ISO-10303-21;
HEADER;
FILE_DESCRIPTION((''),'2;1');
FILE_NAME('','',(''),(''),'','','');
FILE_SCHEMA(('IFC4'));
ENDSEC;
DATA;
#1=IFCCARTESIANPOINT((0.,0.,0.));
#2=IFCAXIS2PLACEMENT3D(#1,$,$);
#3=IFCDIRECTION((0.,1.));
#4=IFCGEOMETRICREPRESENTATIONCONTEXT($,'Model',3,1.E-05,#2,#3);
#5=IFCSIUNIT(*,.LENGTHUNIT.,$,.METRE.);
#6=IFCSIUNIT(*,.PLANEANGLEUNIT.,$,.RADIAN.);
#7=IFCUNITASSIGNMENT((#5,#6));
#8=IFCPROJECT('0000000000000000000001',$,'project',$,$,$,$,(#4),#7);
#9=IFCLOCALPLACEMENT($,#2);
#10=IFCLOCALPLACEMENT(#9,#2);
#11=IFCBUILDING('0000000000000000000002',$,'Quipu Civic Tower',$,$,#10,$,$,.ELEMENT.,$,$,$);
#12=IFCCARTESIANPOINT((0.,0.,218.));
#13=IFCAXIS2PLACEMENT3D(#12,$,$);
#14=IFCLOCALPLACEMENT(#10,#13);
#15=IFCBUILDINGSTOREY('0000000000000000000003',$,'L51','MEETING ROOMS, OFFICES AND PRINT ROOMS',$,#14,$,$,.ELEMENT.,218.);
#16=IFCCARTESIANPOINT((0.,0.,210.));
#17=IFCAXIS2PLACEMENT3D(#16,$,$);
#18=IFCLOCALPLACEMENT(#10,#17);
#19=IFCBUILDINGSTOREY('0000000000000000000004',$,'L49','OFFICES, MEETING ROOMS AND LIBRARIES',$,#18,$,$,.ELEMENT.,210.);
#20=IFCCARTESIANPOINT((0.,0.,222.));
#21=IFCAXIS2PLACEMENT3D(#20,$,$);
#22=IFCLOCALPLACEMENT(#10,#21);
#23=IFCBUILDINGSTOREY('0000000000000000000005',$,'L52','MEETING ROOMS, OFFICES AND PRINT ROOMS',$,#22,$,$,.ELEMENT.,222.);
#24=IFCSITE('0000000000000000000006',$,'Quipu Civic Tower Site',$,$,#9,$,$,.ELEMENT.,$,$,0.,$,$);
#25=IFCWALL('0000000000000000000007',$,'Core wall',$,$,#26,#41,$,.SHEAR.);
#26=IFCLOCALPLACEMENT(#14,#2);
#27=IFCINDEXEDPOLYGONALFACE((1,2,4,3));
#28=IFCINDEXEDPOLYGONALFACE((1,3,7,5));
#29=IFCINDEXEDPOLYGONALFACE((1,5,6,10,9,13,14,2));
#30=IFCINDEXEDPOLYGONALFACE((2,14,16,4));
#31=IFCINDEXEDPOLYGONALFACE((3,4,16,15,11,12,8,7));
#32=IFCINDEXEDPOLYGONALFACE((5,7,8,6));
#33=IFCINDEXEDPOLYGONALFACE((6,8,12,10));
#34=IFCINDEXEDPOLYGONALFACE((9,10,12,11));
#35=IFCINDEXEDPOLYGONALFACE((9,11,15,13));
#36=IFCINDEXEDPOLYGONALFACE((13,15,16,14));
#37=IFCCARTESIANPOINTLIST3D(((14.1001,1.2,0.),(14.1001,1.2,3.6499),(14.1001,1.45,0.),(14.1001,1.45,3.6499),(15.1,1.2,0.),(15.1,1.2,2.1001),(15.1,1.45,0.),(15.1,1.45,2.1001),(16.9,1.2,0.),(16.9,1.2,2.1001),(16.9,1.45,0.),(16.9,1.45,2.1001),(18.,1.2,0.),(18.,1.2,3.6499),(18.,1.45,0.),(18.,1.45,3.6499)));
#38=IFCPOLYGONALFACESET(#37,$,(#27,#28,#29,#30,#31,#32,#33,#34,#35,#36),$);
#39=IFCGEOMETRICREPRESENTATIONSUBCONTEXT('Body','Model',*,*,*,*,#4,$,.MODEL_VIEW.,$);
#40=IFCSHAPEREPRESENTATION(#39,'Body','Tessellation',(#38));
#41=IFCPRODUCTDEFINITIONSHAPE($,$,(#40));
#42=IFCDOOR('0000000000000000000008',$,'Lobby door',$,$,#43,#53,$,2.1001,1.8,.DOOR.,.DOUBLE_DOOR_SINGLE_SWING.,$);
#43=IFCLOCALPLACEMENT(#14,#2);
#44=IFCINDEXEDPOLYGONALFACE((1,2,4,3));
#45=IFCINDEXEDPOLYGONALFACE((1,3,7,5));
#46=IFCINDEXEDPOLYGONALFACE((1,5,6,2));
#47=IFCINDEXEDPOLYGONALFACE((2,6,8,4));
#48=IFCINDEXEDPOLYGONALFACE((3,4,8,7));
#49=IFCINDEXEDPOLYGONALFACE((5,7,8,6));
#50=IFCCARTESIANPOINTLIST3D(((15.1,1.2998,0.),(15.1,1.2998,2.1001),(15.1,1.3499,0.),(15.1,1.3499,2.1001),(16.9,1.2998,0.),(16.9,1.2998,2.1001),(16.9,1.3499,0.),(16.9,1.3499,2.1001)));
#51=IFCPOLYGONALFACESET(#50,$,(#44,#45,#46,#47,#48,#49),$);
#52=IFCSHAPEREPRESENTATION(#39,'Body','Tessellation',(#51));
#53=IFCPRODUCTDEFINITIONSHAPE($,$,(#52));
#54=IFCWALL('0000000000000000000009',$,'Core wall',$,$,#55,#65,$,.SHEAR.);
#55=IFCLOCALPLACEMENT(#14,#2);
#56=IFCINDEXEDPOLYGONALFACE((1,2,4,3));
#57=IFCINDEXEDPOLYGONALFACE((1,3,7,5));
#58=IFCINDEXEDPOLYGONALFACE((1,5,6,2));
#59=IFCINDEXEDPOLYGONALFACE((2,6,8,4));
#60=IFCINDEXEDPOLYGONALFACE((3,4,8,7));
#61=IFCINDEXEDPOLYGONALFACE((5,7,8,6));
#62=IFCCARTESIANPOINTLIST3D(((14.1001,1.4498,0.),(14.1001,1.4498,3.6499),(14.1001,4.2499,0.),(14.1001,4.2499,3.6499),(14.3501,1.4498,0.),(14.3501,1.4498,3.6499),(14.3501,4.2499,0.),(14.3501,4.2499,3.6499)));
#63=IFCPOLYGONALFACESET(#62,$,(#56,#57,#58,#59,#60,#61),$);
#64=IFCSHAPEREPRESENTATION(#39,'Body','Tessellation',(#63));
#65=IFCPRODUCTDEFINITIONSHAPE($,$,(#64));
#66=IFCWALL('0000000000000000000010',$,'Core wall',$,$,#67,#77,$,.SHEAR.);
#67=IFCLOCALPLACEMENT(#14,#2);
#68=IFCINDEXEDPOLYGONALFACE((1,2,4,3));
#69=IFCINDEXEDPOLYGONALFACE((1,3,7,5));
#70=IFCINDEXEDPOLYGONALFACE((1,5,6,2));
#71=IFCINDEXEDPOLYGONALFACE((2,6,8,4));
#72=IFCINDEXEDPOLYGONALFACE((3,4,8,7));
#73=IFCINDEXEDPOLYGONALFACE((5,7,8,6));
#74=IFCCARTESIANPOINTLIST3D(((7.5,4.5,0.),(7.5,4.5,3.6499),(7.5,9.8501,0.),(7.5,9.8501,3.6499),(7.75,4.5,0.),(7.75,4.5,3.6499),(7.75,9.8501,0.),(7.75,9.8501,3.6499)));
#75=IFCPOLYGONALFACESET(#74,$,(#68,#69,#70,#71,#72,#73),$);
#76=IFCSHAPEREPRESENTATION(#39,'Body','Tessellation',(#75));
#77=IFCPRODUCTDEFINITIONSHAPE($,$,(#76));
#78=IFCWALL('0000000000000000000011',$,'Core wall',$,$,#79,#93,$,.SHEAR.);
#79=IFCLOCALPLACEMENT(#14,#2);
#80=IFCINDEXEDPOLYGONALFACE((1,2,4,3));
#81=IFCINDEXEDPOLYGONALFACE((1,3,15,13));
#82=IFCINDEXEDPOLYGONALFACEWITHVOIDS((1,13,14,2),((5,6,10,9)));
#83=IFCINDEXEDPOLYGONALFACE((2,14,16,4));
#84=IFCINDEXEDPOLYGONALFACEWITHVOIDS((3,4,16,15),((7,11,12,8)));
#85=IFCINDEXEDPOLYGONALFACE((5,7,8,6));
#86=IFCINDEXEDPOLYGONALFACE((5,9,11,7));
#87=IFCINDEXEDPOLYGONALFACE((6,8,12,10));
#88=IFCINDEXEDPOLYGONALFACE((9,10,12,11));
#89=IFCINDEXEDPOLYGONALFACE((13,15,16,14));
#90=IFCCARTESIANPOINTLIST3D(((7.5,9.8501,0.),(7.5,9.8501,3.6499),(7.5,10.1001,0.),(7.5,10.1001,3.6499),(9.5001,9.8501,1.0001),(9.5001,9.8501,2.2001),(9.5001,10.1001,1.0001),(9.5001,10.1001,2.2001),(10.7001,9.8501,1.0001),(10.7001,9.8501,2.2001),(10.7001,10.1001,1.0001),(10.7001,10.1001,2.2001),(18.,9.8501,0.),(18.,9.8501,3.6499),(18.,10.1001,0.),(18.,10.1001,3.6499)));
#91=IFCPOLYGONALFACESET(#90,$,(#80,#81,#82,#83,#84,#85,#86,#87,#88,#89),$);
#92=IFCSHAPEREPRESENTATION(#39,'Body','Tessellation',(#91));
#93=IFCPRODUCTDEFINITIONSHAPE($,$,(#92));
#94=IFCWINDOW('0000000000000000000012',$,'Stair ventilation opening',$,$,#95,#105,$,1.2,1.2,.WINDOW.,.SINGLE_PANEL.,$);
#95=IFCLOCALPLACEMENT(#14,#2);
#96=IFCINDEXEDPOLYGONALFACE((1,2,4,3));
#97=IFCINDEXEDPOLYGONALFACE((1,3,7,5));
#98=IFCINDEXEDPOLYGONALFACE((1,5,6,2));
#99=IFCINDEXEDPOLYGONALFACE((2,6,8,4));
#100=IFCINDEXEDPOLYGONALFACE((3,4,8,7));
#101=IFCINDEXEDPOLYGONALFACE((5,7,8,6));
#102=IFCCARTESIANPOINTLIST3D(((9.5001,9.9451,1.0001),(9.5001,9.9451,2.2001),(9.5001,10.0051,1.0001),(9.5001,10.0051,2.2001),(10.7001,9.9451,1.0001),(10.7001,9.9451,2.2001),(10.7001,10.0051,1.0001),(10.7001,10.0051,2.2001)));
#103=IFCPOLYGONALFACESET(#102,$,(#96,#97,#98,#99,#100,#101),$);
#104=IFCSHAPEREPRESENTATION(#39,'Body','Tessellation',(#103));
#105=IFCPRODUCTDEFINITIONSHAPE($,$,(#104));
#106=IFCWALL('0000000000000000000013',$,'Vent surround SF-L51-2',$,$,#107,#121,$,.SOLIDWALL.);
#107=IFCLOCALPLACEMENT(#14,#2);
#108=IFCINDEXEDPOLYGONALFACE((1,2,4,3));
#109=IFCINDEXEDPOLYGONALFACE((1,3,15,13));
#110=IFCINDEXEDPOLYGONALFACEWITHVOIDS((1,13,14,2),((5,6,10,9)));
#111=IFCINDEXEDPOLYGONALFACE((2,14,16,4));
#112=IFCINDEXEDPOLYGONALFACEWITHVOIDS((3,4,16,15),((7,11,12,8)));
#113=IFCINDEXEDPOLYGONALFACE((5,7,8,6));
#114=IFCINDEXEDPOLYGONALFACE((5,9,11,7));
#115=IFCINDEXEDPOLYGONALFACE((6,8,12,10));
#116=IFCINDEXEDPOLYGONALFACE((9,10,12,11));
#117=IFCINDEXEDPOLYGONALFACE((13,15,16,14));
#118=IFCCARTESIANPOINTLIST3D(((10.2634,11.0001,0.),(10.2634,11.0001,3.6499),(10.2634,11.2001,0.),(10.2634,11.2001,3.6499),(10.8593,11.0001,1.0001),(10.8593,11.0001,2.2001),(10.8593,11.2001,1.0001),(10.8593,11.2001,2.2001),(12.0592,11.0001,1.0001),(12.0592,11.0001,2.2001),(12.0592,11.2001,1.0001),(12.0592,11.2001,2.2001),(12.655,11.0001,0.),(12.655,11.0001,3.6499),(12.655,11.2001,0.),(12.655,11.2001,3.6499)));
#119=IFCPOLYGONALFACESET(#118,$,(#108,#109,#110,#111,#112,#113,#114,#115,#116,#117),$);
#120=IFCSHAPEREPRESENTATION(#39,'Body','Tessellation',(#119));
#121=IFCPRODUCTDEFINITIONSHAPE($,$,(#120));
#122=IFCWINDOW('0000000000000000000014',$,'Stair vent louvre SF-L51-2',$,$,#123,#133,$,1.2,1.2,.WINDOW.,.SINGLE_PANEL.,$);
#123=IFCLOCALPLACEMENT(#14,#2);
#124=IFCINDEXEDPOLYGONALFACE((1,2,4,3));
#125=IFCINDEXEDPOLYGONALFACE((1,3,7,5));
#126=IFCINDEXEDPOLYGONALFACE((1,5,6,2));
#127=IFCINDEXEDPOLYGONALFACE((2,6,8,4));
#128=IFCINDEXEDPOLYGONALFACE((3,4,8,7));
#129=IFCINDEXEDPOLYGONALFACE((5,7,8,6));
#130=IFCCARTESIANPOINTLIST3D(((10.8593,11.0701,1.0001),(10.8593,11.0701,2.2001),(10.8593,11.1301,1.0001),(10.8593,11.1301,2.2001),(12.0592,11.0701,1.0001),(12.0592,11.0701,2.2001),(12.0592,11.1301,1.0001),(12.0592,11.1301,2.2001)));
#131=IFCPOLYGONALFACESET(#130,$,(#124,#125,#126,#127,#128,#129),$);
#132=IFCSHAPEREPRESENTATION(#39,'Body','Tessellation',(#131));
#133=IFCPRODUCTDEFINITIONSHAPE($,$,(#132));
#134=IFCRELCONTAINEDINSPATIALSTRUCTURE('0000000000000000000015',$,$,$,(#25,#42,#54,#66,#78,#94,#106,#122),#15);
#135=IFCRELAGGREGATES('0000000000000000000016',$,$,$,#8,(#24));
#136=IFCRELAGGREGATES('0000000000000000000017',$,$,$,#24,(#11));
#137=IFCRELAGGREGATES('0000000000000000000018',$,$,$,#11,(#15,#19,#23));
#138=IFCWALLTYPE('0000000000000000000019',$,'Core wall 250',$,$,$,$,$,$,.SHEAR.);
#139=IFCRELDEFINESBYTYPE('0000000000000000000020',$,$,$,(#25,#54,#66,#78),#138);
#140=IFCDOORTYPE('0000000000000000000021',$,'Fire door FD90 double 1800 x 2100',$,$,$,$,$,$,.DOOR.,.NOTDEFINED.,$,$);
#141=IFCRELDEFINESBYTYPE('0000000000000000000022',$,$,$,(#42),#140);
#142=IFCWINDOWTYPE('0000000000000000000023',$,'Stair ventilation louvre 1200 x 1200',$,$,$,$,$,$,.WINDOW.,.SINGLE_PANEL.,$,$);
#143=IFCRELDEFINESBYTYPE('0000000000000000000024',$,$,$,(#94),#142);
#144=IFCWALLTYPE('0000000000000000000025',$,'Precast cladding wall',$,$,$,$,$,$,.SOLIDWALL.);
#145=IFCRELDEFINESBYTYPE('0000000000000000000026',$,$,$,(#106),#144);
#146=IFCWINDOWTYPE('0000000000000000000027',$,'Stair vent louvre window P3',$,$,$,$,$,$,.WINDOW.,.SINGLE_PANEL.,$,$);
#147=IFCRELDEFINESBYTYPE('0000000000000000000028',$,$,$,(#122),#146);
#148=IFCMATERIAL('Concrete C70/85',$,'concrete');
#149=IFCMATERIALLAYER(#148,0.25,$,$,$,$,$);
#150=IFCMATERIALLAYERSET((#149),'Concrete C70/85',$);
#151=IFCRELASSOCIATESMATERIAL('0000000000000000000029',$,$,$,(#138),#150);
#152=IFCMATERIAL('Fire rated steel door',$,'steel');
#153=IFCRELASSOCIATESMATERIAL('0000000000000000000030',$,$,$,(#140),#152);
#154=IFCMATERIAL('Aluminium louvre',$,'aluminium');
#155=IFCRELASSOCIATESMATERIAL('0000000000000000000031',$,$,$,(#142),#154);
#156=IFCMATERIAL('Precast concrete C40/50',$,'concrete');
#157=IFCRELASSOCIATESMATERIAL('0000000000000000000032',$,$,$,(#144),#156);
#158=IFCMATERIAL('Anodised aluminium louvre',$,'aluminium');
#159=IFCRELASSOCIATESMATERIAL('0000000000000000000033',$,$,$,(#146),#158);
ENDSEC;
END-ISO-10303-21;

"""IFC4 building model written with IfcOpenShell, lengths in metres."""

from ifc_helpers import new_model, si_unit, direction, frame, frame_2d, origin, place, context, subcontext, project, spatial, rectangle, extrude, material, layer, layer_set, type_object, element, fill, save


model = new_model("IFC4")

# Units and contexts
model_context = context("Model", 3, precision=1e-05, world=origin(), true_north=direction((0.0, 1.0)))
body_context = subcontext(model_context, "Body", "Model", "MODEL_VIEW")
ifc_project = project(units=[si_unit("LENGTHUNIT", "METRE"), si_unit("PLANEANGLEUNIT", "RADIAN")], contexts=[model_context])

# Site, building, storey
site_placement = place(None, origin())
site = spatial("IfcSite", under=ifc_project, at=site_placement, Name="Quipu Civic Tower Site", CompositionType="ELEMENT", RefElevation=0.0)
building_placement = place(site_placement, origin())
building = spatial("IfcBuilding", under=site, at=building_placement, Name="Quipu Civic Tower", CompositionType="ELEMENT")
storey_1_placement = place(building_placement, frame((0.0, 0.0, 218.0)))
storey_1 = spatial("IfcBuildingStorey", under=building, at=storey_1_placement, Name="L51", Description="MEETING ROOMS, OFFICES AND PRINT ROOMS", CompositionType="ELEMENT", Elevation=218.0)

# Shared definitions
storey_2_placement = place(building_placement, frame((0.0, 0.0, 210.0)))
storey_2 = spatial("IfcBuildingStorey", under=building, at=storey_2_placement, Name="L49", Description="OFFICES, MEETING ROOMS AND LIBRARIES", CompositionType="ELEMENT", Elevation=210.0)

# Shared definitions
storey_3_placement = place(building_placement, frame((0.0, 0.0, 222.0)))
storey_3 = spatial("IfcBuildingStorey", under=building, at=storey_3_placement, Name="L52", Description="MEETING ROOMS, OFFICES AND PRINT ROOMS", CompositionType="ELEMENT", Elevation=222.0)

# Wall, opening, door
ifc_material_1 = material(Name="Concrete C70/85", Category="concrete")
ifc_layer_1 = layer(ifc_material_1, 0.25)
ifc_layer_set_1 = layer_set([ifc_layer_1], Name="Concrete C70/85")
wall_type_1 = type_object("IfcWallType", Name="Core wall 250", PredefinedType="SHEAR", material=ifc_layer_set_1)
wall_1_placement = place(storey_1_placement, frame((14.1001, 1.325, 0.0), z_axis=(0.0, 0.0, 1.0), x_axis=(1.0, 0.0, 0.0)))
wall_1 = element("IfcWall", 1, at=wall_1_placement, inside=storey_1, type_object=wall_type_1, Name="Core wall", PredefinedType="SHEAR", context=body_context, shape_type="SweptSolid", body=[
    extrude(rectangle(XDim=3.8999, YDim=0.25, at=frame_2d((1.95, 0.0))), origin(), (0.0, 0.0, 1.0), 3.6499),
])
opening_1_placement = place(wall_1_placement, frame((1.0, 0.0, 0.0)))
opening_1 = element("IfcOpeningElement", 2, at=opening_1_placement, cuts=wall_1, PredefinedType="OPENING", context=body_context, shape_type="SweptSolid", body=[
    extrude(rectangle(XDim=1.8, YDim=2.1001, at=frame_2d((0.8999, 1.05))), frame((0.0, 0.135, 0.0), z_axis=(0.0, -1.0, 0.0), x_axis=(1.0, 0.0, 0.0)), (0.0, 0.0, 1.0), 0.27),
])
ifc_material_2 = material(Name="Fire rated steel door", Category="steel")
door_type = type_object("IfcDoorType", Name="Fire door FD90 double 1800 x 2100", OperationType="NOTDEFINED", PredefinedType="DOOR", material=ifc_material_2)
door_placement = place(opening_1_placement, origin())
door = element("IfcDoor", 3, at=door_placement, inside=storey_1, type_object=door_type, Name="Lobby door", OperationType="DOUBLE_DOOR_SINGLE_SWING", OverallHeight=2.1001, OverallWidth=1.8, PredefinedType="DOOR", context=body_context, shape_type="SweptSolid", body=[
    extrude(rectangle(XDim=1.8, YDim=2.1001, at=frame_2d((0.8999, 1.05))), frame((0.0, 0.0249, 0.0), z_axis=(0.0, -1.0, 0.0), x_axis=(1.0, 0.0, 0.0)), (0.0, 0.0, 1.0), 0.05),
])
fill(opening_1, door)

# Walls
wall_2_placement = place(storey_1_placement, frame((14.2251, 1.45, 0.0), z_axis=(0.0, 0.0, 1.0), x_axis=(0.0, 1.0, 0.0)))
element("IfcWall", 4, at=wall_2_placement, inside=storey_1, type_object=wall_type_1, Name="Core wall", PredefinedType="SHEAR", context=body_context, shape_type="SweptSolid", body=[
    extrude(rectangle(XDim=2.8, YDim=0.25, at=frame_2d((1.3999, 0.0))), origin(), (0.0, 0.0, 1.0), 3.6499),
])
wall_3_placement = place(storey_1_placement, frame((7.625, 4.5, 0.0), z_axis=(0.0, 0.0, 1.0), x_axis=(0.0, 1.0, 0.0)))
element("IfcWall", 5, at=wall_3_placement, inside=storey_1, type_object=wall_type_1, Name="Core wall", PredefinedType="SHEAR", context=body_context, shape_type="SweptSolid", body=[
    extrude(rectangle(XDim=5.3501, YDim=0.25, at=frame_2d((2.675, 0.0))), origin(), (0.0, 0.0, 1.0), 3.6499),
])

# Walls, openings, windows
wall_4_placement = place(storey_1_placement, frame((7.5, 9.9751, 0.0), z_axis=(0.0, 0.0, 1.0), x_axis=(1.0, 0.0, 0.0)))
wall_4 = element("IfcWall", 6, at=wall_4_placement, inside=storey_1, type_object=wall_type_1, Name="Core wall", PredefinedType="SHEAR", context=body_context, shape_type="SweptSolid", body=[
    extrude(rectangle(XDim=10.5, YDim=0.25, at=frame_2d((5.25, 0.0))), origin(), (0.0, 0.0, 1.0), 3.6499),
])
opening_2_placement = place(wall_4_placement, frame((2.0, 0.0, 1.0)))
opening_2 = element("IfcOpeningElement", 7, at=opening_2_placement, cuts=wall_4, PredefinedType="OPENING", context=body_context, shape_type="SweptSolid", body=[
    extrude(rectangle(XDim=1.2, YDim=1.2, at=frame_2d((0.6001, 0.6001))), frame((0.0, 0.135, 0.0), z_axis=(0.0, -1.0, 0.0), x_axis=(1.0, 0.0, 0.0)), (0.0, 0.0, 1.0), 0.27),
])
ifc_material_3 = material(Name="Aluminium louvre", Category="aluminium")
window_type_1 = type_object("IfcWindowType", Name="Stair ventilation louvre 1200 x 1200", PartitioningType="SINGLE_PANEL", PredefinedType="WINDOW", material=ifc_material_3)
window_1_placement = place(opening_2_placement, origin())
window_1 = element("IfcWindow", 8, at=window_1_placement, inside=storey_1, type_object=window_type_1, Name="Stair ventilation opening", OverallHeight=1.2, OverallWidth=1.2, PartitioningType="SINGLE_PANEL", PredefinedType="WINDOW", context=body_context, shape_type="SweptSolid", body=[
    extrude(rectangle(XDim=1.2, YDim=1.2, at=frame_2d((0.6001, 0.6001))), frame((0.0, 0.03, 0.0), z_axis=(0.0, -1.0, 0.0), x_axis=(1.0, 0.0, 0.0)), (0.0, 0.0, 1.0), 0.0601),
])
fill(opening_2, window_1)
ifc_material_4 = material(Name="Precast concrete C40/50", Category="concrete")
wall_type_2 = type_object("IfcWallType", Name="Precast cladding wall", PredefinedType="SOLIDWALL", material=ifc_material_4)
wall_5_placement = place(storey_1_placement, frame((12.655, 11.1001, 0.0), z_axis=(0.0, 0.0, 1.0), x_axis=(-1.0, 0.0, 0.0)))
wall_5 = element("IfcWall", 9, at=wall_5_placement, inside=storey_1, type_object=wall_type_2, Name="Vent surround SF-L51-2", PredefinedType="SOLIDWALL", context=body_context, shape_type="SweptSolid", body=[
    extrude(rectangle(XDim=2.3916, YDim=0.2, at=frame_2d((1.1958, 0.0))), origin(), (0.0, 0.0, 1.0), 3.6499),
])
opening_3_placement = place(wall_5_placement, frame((0.5957, 0.0, 1.0)))
opening_3 = element("IfcOpeningElement", 10, at=opening_3_placement, cuts=wall_5, PredefinedType="OPENING", context=body_context, shape_type="SweptSolid", body=[
    extrude(rectangle(XDim=1.2, YDim=1.2, at=frame_2d((0.6001, 0.6001))), frame((0.0, 0.1099, 0.0), z_axis=(0.0, -1.0, 0.0), x_axis=(1.0, 0.0, 0.0)), (0.0, 0.0, 1.0), 0.22),
])
ifc_material_5 = material(Name="Anodised aluminium louvre", Category="aluminium")
window_type_2 = type_object("IfcWindowType", Name="Stair vent louvre window P3", PartitioningType="SINGLE_PANEL", PredefinedType="WINDOW", material=ifc_material_5)
window_2_placement = place(opening_3_placement, origin())
window_2 = element("IfcWindow", 11, at=window_2_placement, inside=storey_1, type_object=window_type_2, Name="Stair vent louvre SF-L51-2", OverallHeight=1.2, OverallWidth=1.2, PartitioningType="SINGLE_PANEL", PredefinedType="WINDOW", context=body_context, shape_type="SweptSolid", body=[
    extrude(rectangle(XDim=1.2, YDim=1.2, at=frame_2d((0.6001, 0.6001))), frame((0.0, 0.03, 0.0), z_axis=(0.0, -1.0, 0.0), x_axis=(1.0, 0.0, 0.0)), (0.0, 0.0, 1.0), 0.0601),
])
fill(opening_3, window_2)

save(model, "model.ifc")
